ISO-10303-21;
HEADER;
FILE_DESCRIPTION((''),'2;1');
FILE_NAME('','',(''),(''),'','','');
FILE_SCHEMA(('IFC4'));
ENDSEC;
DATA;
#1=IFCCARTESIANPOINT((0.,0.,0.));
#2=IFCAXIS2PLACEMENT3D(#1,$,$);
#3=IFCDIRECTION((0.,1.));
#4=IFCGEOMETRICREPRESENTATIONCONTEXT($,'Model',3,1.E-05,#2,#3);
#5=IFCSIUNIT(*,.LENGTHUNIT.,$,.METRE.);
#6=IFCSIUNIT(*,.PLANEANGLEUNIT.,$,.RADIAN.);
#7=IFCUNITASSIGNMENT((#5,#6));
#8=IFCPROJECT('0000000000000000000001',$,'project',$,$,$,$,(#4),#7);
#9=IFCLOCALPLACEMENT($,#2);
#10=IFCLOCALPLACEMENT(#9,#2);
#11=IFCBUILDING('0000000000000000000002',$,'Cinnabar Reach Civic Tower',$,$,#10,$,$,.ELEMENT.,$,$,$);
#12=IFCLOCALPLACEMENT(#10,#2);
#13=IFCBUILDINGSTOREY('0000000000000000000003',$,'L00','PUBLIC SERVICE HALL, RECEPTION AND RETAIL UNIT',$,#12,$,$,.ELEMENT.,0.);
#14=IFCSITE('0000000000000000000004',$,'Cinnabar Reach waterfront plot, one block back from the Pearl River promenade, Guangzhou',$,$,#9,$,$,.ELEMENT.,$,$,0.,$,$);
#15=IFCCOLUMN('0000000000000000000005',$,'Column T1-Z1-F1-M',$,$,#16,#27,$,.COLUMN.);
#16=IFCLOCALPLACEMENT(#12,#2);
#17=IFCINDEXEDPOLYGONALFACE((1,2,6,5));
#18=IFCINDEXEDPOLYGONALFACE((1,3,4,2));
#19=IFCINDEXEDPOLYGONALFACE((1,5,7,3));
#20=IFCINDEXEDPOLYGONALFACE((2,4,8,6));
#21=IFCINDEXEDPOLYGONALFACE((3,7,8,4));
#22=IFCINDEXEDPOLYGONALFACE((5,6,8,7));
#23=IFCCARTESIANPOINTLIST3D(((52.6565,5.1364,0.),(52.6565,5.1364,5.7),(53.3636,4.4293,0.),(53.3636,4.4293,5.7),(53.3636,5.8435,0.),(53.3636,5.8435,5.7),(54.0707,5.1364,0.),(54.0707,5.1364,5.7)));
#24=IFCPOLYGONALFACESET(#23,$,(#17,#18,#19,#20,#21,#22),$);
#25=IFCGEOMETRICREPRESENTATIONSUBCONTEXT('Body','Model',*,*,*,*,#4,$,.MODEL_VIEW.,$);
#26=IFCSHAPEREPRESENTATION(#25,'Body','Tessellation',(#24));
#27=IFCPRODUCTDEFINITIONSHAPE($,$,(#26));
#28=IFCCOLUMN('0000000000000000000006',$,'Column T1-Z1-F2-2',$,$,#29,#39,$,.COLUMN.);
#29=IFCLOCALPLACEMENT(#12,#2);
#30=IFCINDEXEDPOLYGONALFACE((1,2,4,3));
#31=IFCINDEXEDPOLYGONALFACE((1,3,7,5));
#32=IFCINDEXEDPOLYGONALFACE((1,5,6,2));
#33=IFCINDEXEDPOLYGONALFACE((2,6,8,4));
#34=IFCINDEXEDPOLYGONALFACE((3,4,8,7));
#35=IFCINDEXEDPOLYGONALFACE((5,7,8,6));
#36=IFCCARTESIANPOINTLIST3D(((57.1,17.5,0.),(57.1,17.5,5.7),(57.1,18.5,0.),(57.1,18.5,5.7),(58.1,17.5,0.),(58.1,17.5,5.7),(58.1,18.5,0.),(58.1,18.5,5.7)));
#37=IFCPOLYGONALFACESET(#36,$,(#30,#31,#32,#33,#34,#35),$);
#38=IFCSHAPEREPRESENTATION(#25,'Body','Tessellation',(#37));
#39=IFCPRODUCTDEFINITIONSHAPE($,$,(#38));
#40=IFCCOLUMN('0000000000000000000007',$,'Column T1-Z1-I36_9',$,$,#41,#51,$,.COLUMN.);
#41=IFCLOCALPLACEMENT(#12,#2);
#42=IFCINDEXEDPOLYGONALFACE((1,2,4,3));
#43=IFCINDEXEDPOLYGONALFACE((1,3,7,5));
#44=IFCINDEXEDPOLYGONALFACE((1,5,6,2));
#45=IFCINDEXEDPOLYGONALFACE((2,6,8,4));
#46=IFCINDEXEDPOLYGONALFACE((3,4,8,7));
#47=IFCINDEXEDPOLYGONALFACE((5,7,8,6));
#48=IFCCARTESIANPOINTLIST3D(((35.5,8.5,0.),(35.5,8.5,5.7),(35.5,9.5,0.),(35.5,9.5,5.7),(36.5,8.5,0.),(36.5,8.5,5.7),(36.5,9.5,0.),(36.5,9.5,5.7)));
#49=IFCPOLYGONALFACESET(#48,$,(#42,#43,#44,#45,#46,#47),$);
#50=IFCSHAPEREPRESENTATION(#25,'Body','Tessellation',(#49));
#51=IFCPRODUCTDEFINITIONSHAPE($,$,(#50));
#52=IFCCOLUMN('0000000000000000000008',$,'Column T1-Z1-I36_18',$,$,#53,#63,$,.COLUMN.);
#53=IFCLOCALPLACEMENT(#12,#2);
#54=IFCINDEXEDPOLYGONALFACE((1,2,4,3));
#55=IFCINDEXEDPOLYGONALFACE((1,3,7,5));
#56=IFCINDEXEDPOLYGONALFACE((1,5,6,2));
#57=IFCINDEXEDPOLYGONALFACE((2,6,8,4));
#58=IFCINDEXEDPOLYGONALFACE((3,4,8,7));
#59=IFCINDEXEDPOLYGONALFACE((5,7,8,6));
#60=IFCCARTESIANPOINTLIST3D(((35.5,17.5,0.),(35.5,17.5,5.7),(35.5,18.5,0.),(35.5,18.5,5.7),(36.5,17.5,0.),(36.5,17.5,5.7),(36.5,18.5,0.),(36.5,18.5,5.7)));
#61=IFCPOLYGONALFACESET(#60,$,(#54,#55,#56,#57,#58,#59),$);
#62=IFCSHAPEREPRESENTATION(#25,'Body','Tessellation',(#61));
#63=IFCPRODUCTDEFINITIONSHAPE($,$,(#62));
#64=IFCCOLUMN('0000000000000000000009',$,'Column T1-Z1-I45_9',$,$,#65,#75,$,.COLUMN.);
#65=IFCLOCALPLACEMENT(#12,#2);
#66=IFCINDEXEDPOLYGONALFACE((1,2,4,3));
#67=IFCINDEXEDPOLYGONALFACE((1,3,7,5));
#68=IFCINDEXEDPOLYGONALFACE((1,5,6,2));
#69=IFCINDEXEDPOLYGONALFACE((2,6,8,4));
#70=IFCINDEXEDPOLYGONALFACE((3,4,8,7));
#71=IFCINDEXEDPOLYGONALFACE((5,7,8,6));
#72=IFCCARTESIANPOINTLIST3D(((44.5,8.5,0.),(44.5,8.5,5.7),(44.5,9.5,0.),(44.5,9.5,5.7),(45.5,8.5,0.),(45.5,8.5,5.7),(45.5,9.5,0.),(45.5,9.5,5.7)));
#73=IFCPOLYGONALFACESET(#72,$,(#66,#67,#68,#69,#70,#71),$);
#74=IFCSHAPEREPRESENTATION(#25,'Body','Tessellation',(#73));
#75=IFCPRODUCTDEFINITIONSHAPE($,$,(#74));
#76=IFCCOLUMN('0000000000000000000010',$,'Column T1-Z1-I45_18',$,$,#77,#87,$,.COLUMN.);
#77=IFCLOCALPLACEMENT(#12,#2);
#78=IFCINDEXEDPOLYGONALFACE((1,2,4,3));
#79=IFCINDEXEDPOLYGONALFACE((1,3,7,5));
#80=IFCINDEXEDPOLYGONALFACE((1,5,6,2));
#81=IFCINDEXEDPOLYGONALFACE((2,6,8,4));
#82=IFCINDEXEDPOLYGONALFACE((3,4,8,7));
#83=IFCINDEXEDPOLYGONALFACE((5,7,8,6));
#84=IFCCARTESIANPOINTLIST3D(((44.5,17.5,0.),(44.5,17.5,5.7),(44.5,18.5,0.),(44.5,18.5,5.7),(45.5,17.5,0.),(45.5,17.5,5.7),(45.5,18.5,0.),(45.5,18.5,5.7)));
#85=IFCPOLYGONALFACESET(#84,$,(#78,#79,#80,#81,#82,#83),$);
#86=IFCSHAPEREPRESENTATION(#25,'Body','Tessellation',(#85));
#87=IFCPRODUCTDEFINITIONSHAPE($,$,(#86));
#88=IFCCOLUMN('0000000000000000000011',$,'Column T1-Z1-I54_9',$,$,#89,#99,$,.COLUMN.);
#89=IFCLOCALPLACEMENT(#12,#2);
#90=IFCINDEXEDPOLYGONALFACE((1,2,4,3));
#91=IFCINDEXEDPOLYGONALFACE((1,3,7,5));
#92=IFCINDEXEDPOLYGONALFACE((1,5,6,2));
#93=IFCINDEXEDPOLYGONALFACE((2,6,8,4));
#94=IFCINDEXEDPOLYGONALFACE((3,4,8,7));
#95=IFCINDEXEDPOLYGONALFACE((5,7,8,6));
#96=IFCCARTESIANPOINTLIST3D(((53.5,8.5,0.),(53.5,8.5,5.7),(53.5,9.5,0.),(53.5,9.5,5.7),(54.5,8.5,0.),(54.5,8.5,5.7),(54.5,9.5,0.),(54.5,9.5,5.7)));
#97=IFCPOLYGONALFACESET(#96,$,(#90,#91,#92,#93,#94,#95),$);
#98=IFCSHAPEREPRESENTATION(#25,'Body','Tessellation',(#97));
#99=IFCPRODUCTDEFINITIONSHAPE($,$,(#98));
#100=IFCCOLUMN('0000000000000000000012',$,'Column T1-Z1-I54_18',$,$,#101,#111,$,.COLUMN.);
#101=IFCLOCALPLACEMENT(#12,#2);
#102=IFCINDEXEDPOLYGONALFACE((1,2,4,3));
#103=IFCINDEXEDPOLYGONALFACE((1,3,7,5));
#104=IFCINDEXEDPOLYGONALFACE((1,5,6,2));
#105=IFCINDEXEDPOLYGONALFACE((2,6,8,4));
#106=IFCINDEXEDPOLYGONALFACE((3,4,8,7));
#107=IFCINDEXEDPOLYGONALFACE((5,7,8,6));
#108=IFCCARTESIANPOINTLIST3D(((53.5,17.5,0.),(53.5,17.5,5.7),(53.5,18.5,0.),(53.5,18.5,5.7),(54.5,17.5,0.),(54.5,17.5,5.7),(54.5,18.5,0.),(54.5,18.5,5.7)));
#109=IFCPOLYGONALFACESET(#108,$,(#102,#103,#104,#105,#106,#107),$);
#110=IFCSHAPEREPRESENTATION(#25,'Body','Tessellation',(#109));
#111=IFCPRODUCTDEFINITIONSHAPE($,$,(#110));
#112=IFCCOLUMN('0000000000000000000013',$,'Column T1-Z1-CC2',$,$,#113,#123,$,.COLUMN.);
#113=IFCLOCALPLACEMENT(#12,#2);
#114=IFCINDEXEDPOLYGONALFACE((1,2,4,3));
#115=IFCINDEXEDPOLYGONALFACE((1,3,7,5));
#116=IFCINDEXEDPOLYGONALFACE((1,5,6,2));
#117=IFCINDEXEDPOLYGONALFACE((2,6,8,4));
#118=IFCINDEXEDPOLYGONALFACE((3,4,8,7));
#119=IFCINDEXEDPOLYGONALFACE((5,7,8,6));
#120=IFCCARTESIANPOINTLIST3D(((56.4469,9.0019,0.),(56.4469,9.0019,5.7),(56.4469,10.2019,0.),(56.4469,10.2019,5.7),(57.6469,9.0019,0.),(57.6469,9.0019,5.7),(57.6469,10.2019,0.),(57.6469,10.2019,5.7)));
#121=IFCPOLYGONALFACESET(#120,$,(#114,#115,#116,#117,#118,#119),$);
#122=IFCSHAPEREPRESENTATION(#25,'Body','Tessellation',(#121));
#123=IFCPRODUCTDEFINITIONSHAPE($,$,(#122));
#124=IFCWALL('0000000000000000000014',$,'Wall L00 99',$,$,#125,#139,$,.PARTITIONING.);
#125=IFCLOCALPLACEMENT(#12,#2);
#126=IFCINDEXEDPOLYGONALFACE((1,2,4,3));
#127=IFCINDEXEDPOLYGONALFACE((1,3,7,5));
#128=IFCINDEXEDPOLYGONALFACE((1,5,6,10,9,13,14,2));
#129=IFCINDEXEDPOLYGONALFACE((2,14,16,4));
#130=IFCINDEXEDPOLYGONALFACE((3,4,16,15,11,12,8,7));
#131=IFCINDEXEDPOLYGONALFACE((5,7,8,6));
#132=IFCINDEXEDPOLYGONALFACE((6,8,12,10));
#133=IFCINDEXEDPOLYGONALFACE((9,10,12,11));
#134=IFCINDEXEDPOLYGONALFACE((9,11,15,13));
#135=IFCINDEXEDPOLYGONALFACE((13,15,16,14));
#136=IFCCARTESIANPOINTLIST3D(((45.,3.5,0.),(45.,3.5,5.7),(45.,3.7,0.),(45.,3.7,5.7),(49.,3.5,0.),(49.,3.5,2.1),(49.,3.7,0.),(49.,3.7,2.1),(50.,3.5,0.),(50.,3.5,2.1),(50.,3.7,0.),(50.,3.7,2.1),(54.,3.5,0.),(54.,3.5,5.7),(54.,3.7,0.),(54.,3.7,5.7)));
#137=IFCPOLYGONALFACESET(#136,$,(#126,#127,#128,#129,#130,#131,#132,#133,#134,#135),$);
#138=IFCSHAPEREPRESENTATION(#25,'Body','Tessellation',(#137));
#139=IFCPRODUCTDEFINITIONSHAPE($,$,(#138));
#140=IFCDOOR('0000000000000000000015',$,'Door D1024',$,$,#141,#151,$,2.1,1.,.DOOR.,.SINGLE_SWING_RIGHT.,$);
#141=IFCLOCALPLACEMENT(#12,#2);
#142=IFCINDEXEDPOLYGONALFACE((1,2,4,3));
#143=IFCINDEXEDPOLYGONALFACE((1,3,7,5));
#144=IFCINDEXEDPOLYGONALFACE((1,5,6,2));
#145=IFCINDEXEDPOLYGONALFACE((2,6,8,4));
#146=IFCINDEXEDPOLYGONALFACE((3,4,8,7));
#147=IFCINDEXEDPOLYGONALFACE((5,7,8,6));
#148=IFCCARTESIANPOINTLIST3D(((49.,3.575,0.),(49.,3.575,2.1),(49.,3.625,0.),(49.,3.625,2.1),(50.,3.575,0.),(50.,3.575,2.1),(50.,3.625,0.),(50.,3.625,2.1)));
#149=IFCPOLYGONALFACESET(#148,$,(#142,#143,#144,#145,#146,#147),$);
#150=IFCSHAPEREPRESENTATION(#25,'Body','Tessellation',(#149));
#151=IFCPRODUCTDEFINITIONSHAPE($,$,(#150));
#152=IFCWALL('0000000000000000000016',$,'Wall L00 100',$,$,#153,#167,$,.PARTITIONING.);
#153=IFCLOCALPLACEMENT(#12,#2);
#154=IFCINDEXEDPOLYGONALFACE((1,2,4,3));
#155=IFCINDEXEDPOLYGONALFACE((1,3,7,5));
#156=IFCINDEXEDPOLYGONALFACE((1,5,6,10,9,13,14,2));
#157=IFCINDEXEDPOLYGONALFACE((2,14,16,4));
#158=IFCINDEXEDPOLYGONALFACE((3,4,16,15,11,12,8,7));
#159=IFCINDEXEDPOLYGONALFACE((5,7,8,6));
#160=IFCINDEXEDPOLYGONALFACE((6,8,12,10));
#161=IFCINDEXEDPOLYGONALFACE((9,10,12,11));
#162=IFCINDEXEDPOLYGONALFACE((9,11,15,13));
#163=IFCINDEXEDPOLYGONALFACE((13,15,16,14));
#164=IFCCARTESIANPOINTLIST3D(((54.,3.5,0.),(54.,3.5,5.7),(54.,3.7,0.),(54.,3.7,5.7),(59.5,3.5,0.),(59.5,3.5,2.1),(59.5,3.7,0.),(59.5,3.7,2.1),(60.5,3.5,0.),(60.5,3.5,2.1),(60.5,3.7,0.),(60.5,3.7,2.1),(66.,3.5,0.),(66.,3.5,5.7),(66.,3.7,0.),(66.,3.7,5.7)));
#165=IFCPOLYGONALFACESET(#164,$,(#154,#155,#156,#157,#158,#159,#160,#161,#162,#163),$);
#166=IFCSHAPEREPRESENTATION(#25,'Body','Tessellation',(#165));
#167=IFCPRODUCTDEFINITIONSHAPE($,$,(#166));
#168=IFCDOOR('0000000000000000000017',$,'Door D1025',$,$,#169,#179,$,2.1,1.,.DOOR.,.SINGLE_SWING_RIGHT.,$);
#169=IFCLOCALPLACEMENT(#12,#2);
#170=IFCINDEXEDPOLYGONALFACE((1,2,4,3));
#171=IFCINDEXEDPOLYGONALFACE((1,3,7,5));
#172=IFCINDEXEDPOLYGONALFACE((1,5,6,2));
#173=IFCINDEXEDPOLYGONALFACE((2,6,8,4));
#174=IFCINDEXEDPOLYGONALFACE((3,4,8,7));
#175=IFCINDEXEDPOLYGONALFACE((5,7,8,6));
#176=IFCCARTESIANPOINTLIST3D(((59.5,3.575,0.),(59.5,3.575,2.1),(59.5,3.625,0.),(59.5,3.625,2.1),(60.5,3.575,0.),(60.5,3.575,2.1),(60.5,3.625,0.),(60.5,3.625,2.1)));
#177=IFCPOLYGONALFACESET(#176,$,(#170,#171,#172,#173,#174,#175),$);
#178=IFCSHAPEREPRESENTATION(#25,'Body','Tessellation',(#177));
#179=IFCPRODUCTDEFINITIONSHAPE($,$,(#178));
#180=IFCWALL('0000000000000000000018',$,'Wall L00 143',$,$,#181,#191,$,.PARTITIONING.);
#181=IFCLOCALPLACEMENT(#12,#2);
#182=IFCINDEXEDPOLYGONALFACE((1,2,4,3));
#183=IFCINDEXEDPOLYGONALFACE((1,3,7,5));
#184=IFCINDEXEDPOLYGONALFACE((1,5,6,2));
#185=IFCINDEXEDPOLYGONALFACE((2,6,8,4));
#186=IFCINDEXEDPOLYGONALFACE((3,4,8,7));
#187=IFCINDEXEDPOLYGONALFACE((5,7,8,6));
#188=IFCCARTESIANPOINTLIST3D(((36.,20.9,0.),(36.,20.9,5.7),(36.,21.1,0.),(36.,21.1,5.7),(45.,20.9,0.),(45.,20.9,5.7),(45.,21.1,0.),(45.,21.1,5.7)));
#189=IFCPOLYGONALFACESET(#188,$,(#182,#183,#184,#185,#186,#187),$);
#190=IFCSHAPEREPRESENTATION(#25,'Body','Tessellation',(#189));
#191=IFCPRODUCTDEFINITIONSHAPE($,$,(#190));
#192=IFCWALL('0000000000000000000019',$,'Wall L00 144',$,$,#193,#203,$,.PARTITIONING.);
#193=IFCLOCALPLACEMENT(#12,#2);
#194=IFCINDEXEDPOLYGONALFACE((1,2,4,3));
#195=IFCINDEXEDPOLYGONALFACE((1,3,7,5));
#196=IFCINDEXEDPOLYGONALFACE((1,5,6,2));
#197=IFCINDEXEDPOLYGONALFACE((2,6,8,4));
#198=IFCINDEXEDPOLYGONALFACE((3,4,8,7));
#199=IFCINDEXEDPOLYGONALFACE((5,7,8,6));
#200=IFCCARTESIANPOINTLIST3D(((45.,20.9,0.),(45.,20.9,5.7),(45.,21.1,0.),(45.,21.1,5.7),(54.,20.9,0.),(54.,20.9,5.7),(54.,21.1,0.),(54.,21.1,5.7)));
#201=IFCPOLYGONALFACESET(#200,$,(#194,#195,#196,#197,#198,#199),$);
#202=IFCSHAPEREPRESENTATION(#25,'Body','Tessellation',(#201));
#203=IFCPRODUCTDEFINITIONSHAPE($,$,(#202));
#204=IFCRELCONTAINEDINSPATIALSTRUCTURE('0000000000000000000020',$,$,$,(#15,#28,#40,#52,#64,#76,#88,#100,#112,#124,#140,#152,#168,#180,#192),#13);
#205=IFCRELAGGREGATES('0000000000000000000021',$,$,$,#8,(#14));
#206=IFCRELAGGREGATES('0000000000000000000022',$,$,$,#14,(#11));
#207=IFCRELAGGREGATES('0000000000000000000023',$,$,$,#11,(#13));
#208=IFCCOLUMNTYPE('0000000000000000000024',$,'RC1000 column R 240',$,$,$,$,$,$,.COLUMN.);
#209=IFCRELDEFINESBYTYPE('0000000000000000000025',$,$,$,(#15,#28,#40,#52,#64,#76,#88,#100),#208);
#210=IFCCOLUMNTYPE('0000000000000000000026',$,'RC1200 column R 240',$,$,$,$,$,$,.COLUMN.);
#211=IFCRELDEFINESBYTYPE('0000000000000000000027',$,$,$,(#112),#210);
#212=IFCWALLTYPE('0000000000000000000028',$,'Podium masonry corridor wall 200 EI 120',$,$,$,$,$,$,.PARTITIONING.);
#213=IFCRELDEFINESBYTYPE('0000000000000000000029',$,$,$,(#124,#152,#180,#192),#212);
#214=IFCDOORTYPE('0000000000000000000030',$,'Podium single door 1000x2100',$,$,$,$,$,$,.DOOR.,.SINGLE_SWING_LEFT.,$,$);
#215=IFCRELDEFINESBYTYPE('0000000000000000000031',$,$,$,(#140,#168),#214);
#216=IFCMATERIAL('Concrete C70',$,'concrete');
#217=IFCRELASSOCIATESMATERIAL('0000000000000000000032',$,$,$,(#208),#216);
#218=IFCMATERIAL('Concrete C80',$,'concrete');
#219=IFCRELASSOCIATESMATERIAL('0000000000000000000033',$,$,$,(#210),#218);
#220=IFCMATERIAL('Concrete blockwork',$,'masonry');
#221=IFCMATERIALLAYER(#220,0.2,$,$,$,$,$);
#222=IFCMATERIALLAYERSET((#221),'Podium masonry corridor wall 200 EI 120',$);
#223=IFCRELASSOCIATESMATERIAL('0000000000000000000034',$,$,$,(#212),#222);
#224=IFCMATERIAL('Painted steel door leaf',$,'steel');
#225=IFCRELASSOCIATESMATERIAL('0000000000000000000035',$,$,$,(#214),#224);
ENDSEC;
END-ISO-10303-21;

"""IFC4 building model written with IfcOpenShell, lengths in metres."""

from ifc_helpers import new_model, si_unit, direction, frame, frame_2d, origin, origin_2d, place, context, subcontext, project, spatial, rectangle, extrude, material, layer, layer_set, material_profile, profile_set, type_object, element, fill, save


model = new_model("IFC4")

# Units and contexts
model_context = context("Model", 3, precision=1e-05, world=origin(), true_north=direction((0.0, 1.0)))
body_context = subcontext(model_context, "Body", "Model", "MODEL_VIEW")
ifc_project = project(units=[si_unit("LENGTHUNIT", "METRE"), si_unit("PLANEANGLEUNIT", "RADIAN")], contexts=[model_context])

# Site, building, storey
site_placement = place(None, origin())
site = spatial("IfcSite", under=ifc_project, at=site_placement, Name="Cinnabar Reach waterfront plot, one block back from the Pearl River promenade, Guangzhou", CompositionType="ELEMENT", RefElevation=0.0)
building_placement = place(site_placement, origin())
building = spatial("IfcBuilding", under=site, at=building_placement, Name="Cinnabar Reach Civic Tower", CompositionType="ELEMENT")
storey_placement = place(building_placement, origin())
storey = spatial("IfcBuildingStorey", under=building, at=storey_placement, Name="L00", Description="PUBLIC SERVICE HALL, RECEPTION AND RETAIL UNIT", CompositionType="ELEMENT", Elevation=0.0)

# Columns
ifc_material_1 = material(Name="Concrete C70", Category="concrete")
ifc_material_profile_1 = material_profile(ifc_material_1, rectangle(XDim=1.0, YDim=1.0, at=origin_2d()), Name="RC1000")
ifc_profile_set_1 = profile_set([ifc_material_profile_1], Name="Concrete C70")
column_type_1 = type_object("IfcColumnType", Name="RC1000 column R 240", PredefinedType="COLUMN", material=ifc_profile_set_1)
for number, where, z_axis, x_axis, name in (
    (1, (53.3636, 5.1364, 0.0), (0.0, 0.0, 1.0), (0.707107, 0.707107, 0.0), "Column T1-Z1-F1-M"),
    (2, (57.6, 18.0, 0.0), (0.0, 0.0, 1.0), (1.0, 0.0, 0.0), "Column T1-Z1-F2-2"),
    (3, (36.0, 9.0, 0.0), (0.0, 0.0, 1.0), (1.0, 0.0, 0.0), "Column T1-Z1-I36_9"),
    (4, (36.0, 18.0, 0.0), (0.0, 0.0, 1.0), (1.0, 0.0, 0.0), "Column T1-Z1-I36_18"),
    (5, (45.0, 9.0, 0.0), (0.0, 0.0, 1.0), (1.0, 0.0, 0.0), "Column T1-Z1-I45_9"),
    (6, (45.0, 18.0, 0.0), (0.0, 0.0, 1.0), (1.0, 0.0, 0.0), "Column T1-Z1-I45_18"),
    (7, (54.0, 9.0, 0.0), (0.0, 0.0, 1.0), (1.0, 0.0, 0.0), "Column T1-Z1-I54_9"),
    (8, (54.0, 18.0, 0.0), (0.0, 0.0, 1.0), (1.0, 0.0, 0.0), "Column T1-Z1-I54_18"),
):
    element("IfcColumn", number, at=place(storey_placement, frame(where, z_axis=z_axis, x_axis=x_axis)), inside=storey, type_object=column_type_1, Name=name, PredefinedType="COLUMN", context=body_context, shape_type="SweptSolid", body=[
        extrude(rectangle(XDim=1.0, YDim=1.0, at=origin_2d()), origin(), (0.0, 0.0, 1.0), 5.7),
    ])
ifc_material_2 = material(Name="Concrete C80", Category="concrete")
ifc_material_profile_2 = material_profile(ifc_material_2, rectangle(XDim=1.2, YDim=1.2, at=origin_2d()), Name="RC1200")
ifc_profile_set_2 = profile_set([ifc_material_profile_2], Name="Concrete C80")
column_type_2 = type_object("IfcColumnType", Name="RC1200 column R 240", PredefinedType="COLUMN", material=ifc_profile_set_2)
column_placement = place(storey_placement, frame((57.0469, 9.6019, 0.0), z_axis=(0.0, 0.0, 1.0), x_axis=(1.0, 0.0, 0.0)))
element("IfcColumn", 9, at=column_placement, inside=storey, type_object=column_type_2, Name="Column T1-Z1-CC2", PredefinedType="COLUMN", context=body_context, shape_type="SweptSolid", body=[
    extrude(rectangle(XDim=1.2, YDim=1.2, at=origin_2d()), origin(), (0.0, 0.0, 1.0), 5.7),
])

# Walls, openings, doors
ifc_material_3 = material(Name="Concrete blockwork", Category="masonry")
ifc_layer_1 = layer(ifc_material_3, 0.2)
ifc_layer_set_1 = layer_set([ifc_layer_1], Name="Podium masonry corridor wall 200 EI 120")
wall_type_1 = type_object("IfcWallType", Name="Podium masonry corridor wall 200 EI 120", PredefinedType="PARTITIONING", material=ifc_layer_set_1)
wall_1_placement = place(storey_placement, frame((45.0, 3.6, 0.0), z_axis=(0.0, 0.0, 1.0), x_axis=(1.0, 0.0, 0.0)))
wall_1 = element("IfcWall", 10, at=wall_1_placement, inside=storey, type_object=wall_type_1, Name="Wall L00 99", PredefinedType="PARTITIONING", context=body_context, shape_type="SweptSolid", body=[
    extrude(rectangle(XDim=9.0, YDim=0.2, at=frame_2d((4.5, 0.0))), origin(), (0.0, 0.0, 1.0), 5.7),
])
opening_1_placement = place(wall_1_placement, frame((4.0, 0.0, 0.0)))
opening_1 = element("IfcOpeningElement", 11, at=opening_1_placement, cuts=wall_1, PredefinedType="OPENING", context=body_context, shape_type="SweptSolid", body=[
    extrude(rectangle(XDim=1.0, YDim=2.1, at=frame_2d((0.5, 1.05))), frame((0.0, 0.11, 0.0), z_axis=(0.0, -1.0, 0.0), x_axis=(1.0, 0.0, 0.0)), (0.0, 0.0, 1.0), 0.22),
])
ifc_material_4 = material(Name="Painted steel door leaf", Category="steel")
door_type = type_object("IfcDoorType", Name="Podium single door 1000x2100", OperationType="SINGLE_SWING_LEFT", PredefinedType="DOOR", material=ifc_material_4)
door_1_placement = place(opening_1_placement, origin())
door_1 = element("IfcDoor", 12, at=door_1_placement, inside=storey, type_object=door_type, Name="Door D1024", OperationType="SINGLE_SWING_RIGHT", OverallHeight=2.1, OverallWidth=1.0, PredefinedType="DOOR", context=body_context, shape_type="SweptSolid", body=[
    extrude(rectangle(XDim=1.0, YDim=2.1, at=frame_2d((0.5, 1.05))), frame((0.0, 0.025, 0.0), z_axis=(0.0, -1.0, 0.0), x_axis=(1.0, 0.0, 0.0)), (0.0, 0.0, 1.0), 0.05),
])
fill(opening_1, door_1)
wall_2_placement = place(storey_placement, frame((54.0, 3.6, 0.0), z_axis=(0.0, 0.0, 1.0), x_axis=(1.0, 0.0, 0.0)))
wall_2 = element("IfcWall", 13, at=wall_2_placement, inside=storey, type_object=wall_type_1, Name="Wall L00 100", PredefinedType="PARTITIONING", context=body_context, shape_type="SweptSolid", body=[
    extrude(rectangle(XDim=12.0, YDim=0.2, at=frame_2d((6.0, 0.0))), origin(), (0.0, 0.0, 1.0), 5.7),
])
opening_2_placement = place(wall_2_placement, frame((5.5, 0.0, 0.0)))
opening_2 = element("IfcOpeningElement", 14, at=opening_2_placement, cuts=wall_2, PredefinedType="OPENING", context=body_context, shape_type="SweptSolid", body=[
    extrude(rectangle(XDim=1.0, YDim=2.1, at=frame_2d((0.5, 1.05))), frame((0.0, 0.11, 0.0), z_axis=(0.0, -1.0, 0.0), x_axis=(1.0, 0.0, 0.0)), (0.0, 0.0, 1.0), 0.22),
])
door_2_placement = place(opening_2_placement, frame((1.0, 0.0, 0.0), z_axis=(0.0, 0.0, 1.0), x_axis=(-1.0, 0.0, 0.0)))
door_2 = element("IfcDoor", 15, at=door_2_placement, inside=storey, type_object=door_type, Name="Door D1025", OperationType="SINGLE_SWING_RIGHT", OverallHeight=2.1, OverallWidth=1.0, PredefinedType="DOOR", context=body_context, shape_type="SweptSolid", body=[
    extrude(rectangle(XDim=1.0, YDim=2.1, at=frame_2d((0.5, 1.05))), frame((0.0, 0.025, 0.0), z_axis=(0.0, -1.0, 0.0), x_axis=(1.0, 0.0, 0.0)), (0.0, 0.0, 1.0), 0.05),
])
fill(opening_2, door_2)

# Walls
for number, where, z_axis, x_axis, name in (
    (16, (36.0, 21.0, 0.0), (0.0, 0.0, 1.0), (1.0, 0.0, 0.0), "Wall L00 143"),
    (17, (45.0, 21.0, 0.0), (0.0, 0.0, 1.0), (1.0, 0.0, 0.0), "Wall L00 144"),
):
    element("IfcWall", number, at=place(storey_placement, frame(where, z_axis=z_axis, x_axis=x_axis)), inside=storey, type_object=wall_type_1, Name=name, PredefinedType="PARTITIONING", context=body_context, shape_type="SweptSolid", body=[
        extrude(rectangle(XDim=9.0, YDim=0.2, at=frame_2d((4.5, 0.0))), origin(), (0.0, 0.0, 1.0), 5.7),
    ])

save(model, "model.ifc")
